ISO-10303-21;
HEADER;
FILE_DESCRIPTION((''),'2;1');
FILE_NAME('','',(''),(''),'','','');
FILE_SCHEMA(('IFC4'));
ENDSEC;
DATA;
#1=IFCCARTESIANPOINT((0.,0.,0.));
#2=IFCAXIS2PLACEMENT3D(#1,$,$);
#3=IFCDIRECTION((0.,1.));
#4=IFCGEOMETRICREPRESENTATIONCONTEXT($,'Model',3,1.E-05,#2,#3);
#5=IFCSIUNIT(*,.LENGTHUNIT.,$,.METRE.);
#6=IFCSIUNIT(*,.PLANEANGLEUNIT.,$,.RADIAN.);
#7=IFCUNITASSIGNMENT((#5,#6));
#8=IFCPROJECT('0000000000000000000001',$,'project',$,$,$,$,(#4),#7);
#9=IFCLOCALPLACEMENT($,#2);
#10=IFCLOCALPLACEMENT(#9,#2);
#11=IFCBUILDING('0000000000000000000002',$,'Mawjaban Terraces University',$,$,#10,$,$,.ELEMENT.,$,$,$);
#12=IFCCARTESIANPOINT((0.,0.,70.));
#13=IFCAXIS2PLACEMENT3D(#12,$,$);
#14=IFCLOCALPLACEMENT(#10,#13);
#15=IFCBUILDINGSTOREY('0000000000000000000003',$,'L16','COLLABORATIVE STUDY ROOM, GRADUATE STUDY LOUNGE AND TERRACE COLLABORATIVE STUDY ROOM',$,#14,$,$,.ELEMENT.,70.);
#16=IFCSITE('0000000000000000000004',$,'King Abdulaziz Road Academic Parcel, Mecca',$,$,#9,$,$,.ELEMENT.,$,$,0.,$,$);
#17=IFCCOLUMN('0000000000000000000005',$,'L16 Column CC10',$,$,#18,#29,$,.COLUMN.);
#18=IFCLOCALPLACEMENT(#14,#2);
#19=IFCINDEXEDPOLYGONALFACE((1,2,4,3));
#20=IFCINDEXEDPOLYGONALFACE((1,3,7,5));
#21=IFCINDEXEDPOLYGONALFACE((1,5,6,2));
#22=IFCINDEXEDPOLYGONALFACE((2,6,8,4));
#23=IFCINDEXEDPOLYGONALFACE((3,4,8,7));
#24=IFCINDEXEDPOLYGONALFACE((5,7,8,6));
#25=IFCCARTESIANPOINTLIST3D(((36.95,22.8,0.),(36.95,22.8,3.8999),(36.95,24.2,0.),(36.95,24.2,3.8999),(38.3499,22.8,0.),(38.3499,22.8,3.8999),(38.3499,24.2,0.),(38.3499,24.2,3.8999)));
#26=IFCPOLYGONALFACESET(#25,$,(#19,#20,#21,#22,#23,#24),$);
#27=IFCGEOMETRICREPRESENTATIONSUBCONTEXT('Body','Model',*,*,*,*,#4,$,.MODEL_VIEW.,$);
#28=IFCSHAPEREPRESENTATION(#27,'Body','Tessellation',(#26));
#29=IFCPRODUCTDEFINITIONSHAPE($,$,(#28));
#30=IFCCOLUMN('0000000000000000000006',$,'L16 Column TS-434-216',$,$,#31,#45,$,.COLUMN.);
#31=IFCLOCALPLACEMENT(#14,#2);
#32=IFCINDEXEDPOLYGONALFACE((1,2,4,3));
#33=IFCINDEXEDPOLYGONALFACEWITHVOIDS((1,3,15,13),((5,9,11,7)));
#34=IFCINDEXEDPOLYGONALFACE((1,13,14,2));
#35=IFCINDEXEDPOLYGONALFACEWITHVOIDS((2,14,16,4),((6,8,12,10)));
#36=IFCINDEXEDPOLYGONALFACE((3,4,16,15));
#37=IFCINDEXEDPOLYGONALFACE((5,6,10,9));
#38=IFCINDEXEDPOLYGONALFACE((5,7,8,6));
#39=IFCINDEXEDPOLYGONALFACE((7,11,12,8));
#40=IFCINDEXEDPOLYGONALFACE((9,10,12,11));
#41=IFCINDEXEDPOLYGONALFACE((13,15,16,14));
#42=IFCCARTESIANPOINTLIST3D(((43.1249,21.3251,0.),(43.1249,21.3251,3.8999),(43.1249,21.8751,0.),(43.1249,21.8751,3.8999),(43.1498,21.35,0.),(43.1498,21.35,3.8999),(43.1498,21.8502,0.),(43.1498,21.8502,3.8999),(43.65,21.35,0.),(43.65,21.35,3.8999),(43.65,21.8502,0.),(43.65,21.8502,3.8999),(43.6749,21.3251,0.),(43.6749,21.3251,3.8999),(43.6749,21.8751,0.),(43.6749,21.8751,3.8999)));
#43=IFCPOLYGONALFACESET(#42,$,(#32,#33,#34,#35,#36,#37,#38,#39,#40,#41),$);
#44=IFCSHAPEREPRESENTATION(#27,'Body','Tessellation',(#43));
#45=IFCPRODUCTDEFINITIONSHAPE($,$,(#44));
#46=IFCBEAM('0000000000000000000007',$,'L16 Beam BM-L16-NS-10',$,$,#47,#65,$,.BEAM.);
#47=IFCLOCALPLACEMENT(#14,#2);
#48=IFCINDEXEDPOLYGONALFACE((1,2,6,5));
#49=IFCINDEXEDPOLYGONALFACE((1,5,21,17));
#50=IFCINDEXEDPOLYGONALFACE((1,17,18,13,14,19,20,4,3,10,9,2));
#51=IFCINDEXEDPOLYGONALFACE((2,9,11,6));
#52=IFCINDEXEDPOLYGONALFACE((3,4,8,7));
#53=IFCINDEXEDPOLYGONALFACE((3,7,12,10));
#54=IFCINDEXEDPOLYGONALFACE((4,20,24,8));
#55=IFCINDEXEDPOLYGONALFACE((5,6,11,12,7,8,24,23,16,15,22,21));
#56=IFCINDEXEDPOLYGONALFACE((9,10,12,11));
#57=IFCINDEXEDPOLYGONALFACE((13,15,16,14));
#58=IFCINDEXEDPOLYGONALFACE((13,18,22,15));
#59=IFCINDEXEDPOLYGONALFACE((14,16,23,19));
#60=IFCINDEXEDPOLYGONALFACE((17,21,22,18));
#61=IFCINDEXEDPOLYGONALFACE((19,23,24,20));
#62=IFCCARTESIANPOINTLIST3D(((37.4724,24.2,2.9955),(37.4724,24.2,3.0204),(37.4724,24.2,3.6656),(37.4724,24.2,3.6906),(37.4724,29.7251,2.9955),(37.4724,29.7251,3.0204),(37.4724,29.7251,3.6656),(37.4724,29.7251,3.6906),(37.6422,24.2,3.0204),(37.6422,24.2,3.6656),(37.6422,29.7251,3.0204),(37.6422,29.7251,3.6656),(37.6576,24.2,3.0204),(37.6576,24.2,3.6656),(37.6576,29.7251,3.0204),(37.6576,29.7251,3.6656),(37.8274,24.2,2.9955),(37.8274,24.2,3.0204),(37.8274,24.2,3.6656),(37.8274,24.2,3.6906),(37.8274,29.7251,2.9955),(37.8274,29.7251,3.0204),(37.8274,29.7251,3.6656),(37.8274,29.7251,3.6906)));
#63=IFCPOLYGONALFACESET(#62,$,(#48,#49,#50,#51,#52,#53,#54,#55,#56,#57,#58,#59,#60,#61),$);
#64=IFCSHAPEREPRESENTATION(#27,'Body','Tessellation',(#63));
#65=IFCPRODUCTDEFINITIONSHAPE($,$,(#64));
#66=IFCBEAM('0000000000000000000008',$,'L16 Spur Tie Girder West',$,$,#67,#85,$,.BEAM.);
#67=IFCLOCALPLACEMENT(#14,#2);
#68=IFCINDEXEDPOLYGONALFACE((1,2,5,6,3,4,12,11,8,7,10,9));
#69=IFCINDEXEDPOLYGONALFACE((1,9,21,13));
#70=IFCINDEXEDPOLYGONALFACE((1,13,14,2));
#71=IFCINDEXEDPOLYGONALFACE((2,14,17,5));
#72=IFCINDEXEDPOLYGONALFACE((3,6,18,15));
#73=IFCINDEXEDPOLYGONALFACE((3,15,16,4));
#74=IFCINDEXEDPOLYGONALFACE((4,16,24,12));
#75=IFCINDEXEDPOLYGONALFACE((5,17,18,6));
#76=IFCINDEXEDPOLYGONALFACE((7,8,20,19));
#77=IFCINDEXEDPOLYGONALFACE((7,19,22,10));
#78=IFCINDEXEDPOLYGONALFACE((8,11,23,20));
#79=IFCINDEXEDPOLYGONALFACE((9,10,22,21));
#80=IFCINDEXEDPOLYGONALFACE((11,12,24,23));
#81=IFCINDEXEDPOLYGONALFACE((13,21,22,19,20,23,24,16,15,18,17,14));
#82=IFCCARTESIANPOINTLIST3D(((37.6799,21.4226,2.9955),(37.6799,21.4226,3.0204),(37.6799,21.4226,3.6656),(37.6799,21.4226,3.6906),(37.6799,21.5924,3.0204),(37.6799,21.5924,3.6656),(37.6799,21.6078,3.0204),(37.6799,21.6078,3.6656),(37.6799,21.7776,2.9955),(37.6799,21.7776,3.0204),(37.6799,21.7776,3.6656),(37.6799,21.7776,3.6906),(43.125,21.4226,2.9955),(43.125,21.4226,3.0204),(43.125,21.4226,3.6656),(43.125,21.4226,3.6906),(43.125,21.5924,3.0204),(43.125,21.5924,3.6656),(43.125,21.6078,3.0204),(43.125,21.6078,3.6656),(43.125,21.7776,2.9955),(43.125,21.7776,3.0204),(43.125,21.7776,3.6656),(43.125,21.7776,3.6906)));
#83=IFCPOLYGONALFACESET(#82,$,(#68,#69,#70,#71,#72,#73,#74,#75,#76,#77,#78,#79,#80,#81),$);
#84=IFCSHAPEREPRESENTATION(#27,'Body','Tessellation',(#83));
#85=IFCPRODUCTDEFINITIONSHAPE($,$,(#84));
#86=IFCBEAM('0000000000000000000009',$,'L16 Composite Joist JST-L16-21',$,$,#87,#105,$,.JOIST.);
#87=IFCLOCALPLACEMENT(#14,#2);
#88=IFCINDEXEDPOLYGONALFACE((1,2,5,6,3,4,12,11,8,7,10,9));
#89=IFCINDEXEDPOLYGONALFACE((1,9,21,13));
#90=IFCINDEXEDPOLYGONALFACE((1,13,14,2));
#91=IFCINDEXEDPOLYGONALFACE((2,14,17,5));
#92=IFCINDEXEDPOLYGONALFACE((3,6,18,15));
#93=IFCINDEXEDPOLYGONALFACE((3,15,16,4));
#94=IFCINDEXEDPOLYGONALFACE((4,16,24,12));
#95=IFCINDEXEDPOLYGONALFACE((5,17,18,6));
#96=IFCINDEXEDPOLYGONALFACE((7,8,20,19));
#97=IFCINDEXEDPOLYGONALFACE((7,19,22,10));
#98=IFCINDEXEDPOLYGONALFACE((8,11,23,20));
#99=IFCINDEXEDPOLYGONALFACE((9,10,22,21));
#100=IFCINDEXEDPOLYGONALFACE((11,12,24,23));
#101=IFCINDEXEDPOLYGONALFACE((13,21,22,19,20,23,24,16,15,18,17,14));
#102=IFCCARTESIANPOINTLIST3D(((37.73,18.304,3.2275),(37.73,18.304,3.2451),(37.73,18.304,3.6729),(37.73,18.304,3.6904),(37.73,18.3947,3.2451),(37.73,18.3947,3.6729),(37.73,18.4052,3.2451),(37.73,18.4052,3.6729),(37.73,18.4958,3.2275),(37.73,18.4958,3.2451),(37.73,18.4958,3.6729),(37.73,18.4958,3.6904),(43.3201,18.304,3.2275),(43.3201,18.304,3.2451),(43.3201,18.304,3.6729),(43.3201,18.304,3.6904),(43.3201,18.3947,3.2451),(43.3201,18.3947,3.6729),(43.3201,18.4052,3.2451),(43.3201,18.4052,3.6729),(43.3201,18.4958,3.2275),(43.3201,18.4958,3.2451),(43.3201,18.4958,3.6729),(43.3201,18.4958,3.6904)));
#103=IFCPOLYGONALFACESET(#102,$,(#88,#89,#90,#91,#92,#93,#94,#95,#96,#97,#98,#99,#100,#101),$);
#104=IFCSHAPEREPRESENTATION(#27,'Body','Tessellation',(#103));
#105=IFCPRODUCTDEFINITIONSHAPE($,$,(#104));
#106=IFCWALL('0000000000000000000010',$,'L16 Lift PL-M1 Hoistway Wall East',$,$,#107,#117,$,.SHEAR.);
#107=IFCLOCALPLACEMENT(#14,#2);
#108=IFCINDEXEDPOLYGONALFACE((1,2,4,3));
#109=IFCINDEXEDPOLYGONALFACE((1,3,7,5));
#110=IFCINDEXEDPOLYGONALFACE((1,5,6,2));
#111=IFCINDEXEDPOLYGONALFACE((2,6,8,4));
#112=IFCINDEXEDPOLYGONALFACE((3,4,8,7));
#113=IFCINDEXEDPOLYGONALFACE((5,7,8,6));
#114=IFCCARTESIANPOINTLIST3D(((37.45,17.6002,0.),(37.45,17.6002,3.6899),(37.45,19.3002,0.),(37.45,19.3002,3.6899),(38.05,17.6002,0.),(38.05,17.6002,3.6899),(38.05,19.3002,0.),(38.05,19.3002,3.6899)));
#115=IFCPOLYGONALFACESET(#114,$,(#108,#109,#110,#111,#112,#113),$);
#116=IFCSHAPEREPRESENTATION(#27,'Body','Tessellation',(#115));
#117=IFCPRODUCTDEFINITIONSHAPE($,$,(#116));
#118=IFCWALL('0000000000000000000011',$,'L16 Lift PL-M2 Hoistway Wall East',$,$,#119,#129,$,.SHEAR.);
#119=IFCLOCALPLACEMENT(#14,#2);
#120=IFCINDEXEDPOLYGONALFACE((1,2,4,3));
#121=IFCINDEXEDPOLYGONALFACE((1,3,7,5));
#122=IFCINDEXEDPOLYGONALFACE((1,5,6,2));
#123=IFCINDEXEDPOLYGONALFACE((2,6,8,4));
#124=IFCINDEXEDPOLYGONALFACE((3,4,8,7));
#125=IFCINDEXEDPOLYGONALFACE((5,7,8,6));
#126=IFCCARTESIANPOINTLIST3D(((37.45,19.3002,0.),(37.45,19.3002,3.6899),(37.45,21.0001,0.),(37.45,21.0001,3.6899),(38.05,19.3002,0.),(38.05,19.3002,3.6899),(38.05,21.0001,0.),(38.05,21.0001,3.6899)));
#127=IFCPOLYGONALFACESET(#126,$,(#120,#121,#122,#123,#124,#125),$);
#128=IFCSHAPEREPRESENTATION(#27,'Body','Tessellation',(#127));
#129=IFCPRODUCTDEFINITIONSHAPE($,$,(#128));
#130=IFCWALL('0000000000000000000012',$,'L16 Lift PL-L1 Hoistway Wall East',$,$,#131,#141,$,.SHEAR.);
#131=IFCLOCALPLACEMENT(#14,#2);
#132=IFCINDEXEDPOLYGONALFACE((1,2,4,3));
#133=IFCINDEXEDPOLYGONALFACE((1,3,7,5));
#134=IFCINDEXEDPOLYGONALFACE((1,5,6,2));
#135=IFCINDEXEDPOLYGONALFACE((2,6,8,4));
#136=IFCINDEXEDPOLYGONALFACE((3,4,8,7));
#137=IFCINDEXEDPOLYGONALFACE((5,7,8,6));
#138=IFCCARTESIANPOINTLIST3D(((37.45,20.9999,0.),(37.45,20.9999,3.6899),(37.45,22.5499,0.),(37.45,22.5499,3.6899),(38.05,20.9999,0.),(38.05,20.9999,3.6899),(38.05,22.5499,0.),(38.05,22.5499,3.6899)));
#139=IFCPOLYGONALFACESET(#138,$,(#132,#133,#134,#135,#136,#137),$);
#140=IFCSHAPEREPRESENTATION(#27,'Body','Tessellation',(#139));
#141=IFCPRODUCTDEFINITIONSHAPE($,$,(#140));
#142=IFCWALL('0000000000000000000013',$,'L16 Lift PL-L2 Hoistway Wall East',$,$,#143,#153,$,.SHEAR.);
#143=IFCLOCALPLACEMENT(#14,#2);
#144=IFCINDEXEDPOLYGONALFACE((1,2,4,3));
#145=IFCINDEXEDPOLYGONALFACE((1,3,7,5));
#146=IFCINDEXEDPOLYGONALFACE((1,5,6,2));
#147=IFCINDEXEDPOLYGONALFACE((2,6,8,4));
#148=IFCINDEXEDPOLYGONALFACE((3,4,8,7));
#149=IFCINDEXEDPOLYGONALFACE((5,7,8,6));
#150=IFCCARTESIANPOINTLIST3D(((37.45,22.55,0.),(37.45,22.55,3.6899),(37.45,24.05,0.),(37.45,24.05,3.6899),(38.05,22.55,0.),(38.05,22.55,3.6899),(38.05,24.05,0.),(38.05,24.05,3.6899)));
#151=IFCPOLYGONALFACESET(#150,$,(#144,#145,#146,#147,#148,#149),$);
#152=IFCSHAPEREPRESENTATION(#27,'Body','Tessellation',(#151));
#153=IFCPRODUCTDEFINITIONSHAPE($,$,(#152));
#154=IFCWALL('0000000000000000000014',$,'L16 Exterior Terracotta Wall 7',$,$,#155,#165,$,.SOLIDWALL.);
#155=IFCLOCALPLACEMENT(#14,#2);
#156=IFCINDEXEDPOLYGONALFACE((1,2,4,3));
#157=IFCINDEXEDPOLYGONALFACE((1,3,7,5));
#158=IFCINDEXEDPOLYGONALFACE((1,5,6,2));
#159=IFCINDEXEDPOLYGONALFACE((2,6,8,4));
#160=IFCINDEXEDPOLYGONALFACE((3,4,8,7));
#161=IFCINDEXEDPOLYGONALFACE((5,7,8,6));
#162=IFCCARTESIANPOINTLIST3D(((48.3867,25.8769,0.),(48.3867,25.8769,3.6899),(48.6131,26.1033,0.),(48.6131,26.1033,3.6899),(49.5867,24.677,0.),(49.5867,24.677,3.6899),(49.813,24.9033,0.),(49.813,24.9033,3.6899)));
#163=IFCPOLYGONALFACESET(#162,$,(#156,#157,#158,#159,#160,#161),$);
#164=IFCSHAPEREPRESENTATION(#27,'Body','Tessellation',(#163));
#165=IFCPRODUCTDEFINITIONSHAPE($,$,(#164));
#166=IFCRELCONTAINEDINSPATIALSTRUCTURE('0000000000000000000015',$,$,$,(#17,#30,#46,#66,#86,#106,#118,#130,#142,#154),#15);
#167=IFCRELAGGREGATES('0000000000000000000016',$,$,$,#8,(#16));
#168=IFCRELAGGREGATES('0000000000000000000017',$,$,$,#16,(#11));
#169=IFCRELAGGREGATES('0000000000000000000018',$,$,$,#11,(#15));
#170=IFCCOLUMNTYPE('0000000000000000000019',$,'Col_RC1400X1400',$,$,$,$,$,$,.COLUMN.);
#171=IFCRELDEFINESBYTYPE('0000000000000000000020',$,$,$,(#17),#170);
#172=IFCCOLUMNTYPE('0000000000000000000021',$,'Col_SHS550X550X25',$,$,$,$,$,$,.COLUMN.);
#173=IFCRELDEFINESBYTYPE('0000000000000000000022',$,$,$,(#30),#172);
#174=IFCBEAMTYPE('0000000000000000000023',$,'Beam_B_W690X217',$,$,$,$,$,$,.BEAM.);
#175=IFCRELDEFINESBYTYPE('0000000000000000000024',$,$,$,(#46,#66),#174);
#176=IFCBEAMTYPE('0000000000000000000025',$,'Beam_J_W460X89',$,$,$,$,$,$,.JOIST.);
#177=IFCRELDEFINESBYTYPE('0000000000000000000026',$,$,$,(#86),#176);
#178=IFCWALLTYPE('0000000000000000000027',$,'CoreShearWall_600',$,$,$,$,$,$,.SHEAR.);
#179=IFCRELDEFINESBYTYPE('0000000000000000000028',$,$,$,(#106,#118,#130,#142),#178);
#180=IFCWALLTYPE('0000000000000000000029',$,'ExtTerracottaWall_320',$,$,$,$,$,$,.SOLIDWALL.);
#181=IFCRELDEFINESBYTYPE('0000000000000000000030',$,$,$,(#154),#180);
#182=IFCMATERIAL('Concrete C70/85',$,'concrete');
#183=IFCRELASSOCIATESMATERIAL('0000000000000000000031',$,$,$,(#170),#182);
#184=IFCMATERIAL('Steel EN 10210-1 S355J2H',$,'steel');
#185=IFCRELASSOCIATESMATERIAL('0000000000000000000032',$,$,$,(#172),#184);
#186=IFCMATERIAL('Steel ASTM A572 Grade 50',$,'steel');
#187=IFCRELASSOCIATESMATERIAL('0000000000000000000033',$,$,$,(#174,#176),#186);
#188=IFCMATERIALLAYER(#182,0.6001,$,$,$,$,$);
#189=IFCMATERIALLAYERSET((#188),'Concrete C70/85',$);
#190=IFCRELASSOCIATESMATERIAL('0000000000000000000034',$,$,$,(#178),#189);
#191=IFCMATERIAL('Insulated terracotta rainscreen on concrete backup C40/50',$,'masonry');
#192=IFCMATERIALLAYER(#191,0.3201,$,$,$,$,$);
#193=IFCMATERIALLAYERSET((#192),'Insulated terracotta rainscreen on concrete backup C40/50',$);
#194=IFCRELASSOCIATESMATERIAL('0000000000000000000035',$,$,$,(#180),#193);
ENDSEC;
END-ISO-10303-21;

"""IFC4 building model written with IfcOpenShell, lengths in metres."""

from ifc_helpers import new_model, si_unit, direction, frame, frame_2d, origin, origin_2d, place, context, subcontext, project, spatial, rectangle, hollow_rectangle, i_section, extrude, material, layer, layer_set, material_profile, profile_set, type_object, element, save


model = new_model("IFC4")

# Units and contexts
model_context = context("Model", 3, precision=1e-05, world=origin(), true_north=direction((0.0, 1.0)))
body_context = subcontext(model_context, "Body", "Model", "MODEL_VIEW")
ifc_project = project(units=[si_unit("LENGTHUNIT", "METRE"), si_unit("PLANEANGLEUNIT", "RADIAN")], contexts=[model_context])

# Site, building, storey
site_placement = place(None, origin())
site = spatial("IfcSite", under=ifc_project, at=site_placement, Name="King Abdulaziz Road Academic Parcel, Mecca", CompositionType="ELEMENT", RefElevation=0.0)
building_placement = place(site_placement, origin())
building = spatial("IfcBuilding", under=site, at=building_placement, Name="Mawjaban Terraces University", CompositionType="ELEMENT")
storey_placement = place(building_placement, frame((0.0, 0.0, 70.0)))
storey = spatial("IfcBuildingStorey", under=building, at=storey_placement, Name="L16", Description="COLLABORATIVE STUDY ROOM, GRADUATE STUDY LOUNGE AND TERRACE COLLABORATIVE STUDY ROOM", CompositionType="ELEMENT", Elevation=70.0)

# Columns
ifc_material_1 = material(Name="Concrete C70/85", Category="concrete")
ifc_material_profile_1 = material_profile(ifc_material_1, rectangle(XDim=1.3999, YDim=1.3999, at=origin_2d()), Name="RC1400X1400")
ifc_profile_set_1 = profile_set([ifc_material_profile_1], Name="Concrete C70/85")
column_type_1 = type_object("IfcColumnType", Name="Col_RC1400X1400", PredefinedType="COLUMN", material=ifc_profile_set_1)
column_1_placement = place(storey_placement, frame((37.6499, 23.5, 0.0), z_axis=(0.0, 0.0, 1.0), x_axis=(1.0, 0.0, 0.0)))
element("IfcColumn", 1, at=column_1_placement, inside=storey, type_object=column_type_1, Name="L16 Column CC10", PredefinedType="COLUMN", context=body_context, shape_type="SweptSolid", body=[
    extrude(rectangle(XDim=1.3999, YDim=1.3999, at=origin_2d()), origin(), (0.0, 0.0, 1.0), 3.8999),
])
ifc_material_2 = material(Name="Steel EN 10210-1 S355J2H", Category="steel")
ifc_material_profile_2 = material_profile(ifc_material_2, hollow_rectangle(XDim=0.55, YDim=0.55, WallThickness=0.0249, at=origin_2d()), Name="SHS550X550X25")
ifc_profile_set_2 = profile_set([ifc_material_profile_2], Name="Steel EN 10210-1 S355J2H")
column_type_2 = type_object("IfcColumnType", Name="Col_SHS550X550X25", PredefinedType="COLUMN", material=ifc_profile_set_2)
column_2_placement = place(storey_placement, frame((43.3999, 21.6001, 0.0), z_axis=(0.0, 0.0, 1.0), x_axis=(1.0, 0.0, 0.0)))
element("IfcColumn", 2, at=column_2_placement, inside=storey, type_object=column_type_2, Name="L16 Column TS-434-216", PredefinedType="COLUMN", context=body_context, shape_type="SweptSolid", body=[
    extrude(hollow_rectangle(XDim=0.55, YDim=0.55, WallThickness=0.0249, at=origin_2d()), origin(), (0.0, 0.0, 1.0), 3.8999),
])

# Beams
ifc_material_3 = material(Name="Steel ASTM A572 Grade 50", Category="steel")
ifc_material_profile_3 = material_profile(ifc_material_3, i_section(OverallWidth=0.355, OverallDepth=0.6951, WebThickness=0.0154, FlangeThickness=0.0249, at=origin_2d()), Name="W690X217")
ifc_profile_set_3 = profile_set([ifc_material_profile_3], Name="Steel ASTM A572 Grade 50")
beam_type_1 = type_object("IfcBeamType", Name="Beam_B_W690X217", PredefinedType="BEAM", material=ifc_profile_set_3)
beam_1_placement = place(storey_placement, frame((37.6499, 24.2, 3.343), z_axis=(0.0, 1.0, 0.0), x_axis=(-1.0, 0.0, 0.0)))
element("IfcBeam", 3, at=beam_1_placement, inside=storey, type_object=beam_type_1, Name="L16 Beam BM-L16-NS-10", PredefinedType="BEAM", context=body_context, shape_type="SweptSolid", body=[
    extrude(i_section(OverallWidth=0.355, OverallDepth=0.6951, WebThickness=0.0154, FlangeThickness=0.0249, at=origin_2d()), origin(), (0.0, 0.0, 1.0), 5.5251),
])
beam_2_placement = place(storey_placement, frame((37.6799, 21.6001, 3.343), z_axis=(1.0, 0.0, 0.0), x_axis=(0.0, 1.0, 0.0)))
element("IfcBeam", 4, at=beam_2_placement, inside=storey, type_object=beam_type_1, Name="L16 Spur Tie Girder West", PredefinedType="BEAM", context=body_context, shape_type="SweptSolid", body=[
    extrude(i_section(OverallWidth=0.355, OverallDepth=0.6951, WebThickness=0.0154, FlangeThickness=0.0249, at=origin_2d()), origin(), (0.0, 0.0, 1.0), 5.4451),
])
ifc_material_profile_4 = material_profile(ifc_material_3, i_section(OverallWidth=0.1919, OverallDepth=0.4629, WebThickness=0.0105, FlangeThickness=0.0176, at=origin_2d()), Name="W460X89")
ifc_profile_set_4 = profile_set([ifc_material_profile_4], Name="Steel ASTM A572 Grade 50")
beam_type_2 = type_object("IfcBeamType", Name="Beam_J_W460X89", PredefinedType="JOIST", material=ifc_profile_set_4)
beam_3_placement = place(storey_placement, frame((37.73, 18.3999, 3.459), z_axis=(1.0, 0.0, 0.0), x_axis=(0.0, 1.0, 0.0)))
element("IfcBeam", 5, at=beam_3_placement, inside=storey, type_object=beam_type_2, Name="L16 Composite Joist JST-L16-21", PredefinedType="JOIST", context=body_context, shape_type="SweptSolid", body=[
    extrude(i_section(OverallWidth=0.1919, OverallDepth=0.4629, WebThickness=0.0105, FlangeThickness=0.0176, at=origin_2d()), origin(), (0.0, 0.0, 1.0), 5.5901),
])

# Walls
ifc_layer_1 = layer(ifc_material_1, 0.6001)
ifc_layer_set_1 = layer_set([ifc_layer_1], Name="Concrete C70/85")
wall_type_1 = type_object("IfcWallType", Name="CoreShearWall_600", PredefinedType="SHEAR", material=ifc_layer_set_1)
for number, where, z_axis, x_axis, name in (
    (6, (37.75, 17.6001, 0.0), (0.0, 0.0, 1.0), (0.0, 1.0, 0.0), "L16 Lift PL-M1 Hoistway Wall East"),
    (7, (37.75, 19.3, 0.0), (0.0, 0.0, 1.0), (0.0, 1.0, 0.0), "L16 Lift PL-M2 Hoistway Wall East"),
):
    element("IfcWall", number, at=place(storey_placement, frame(where, z_axis=z_axis, x_axis=x_axis)), inside=storey, type_object=wall_type_1, Name=name, PredefinedType="SHEAR", context=body_context, shape_type="SweptSolid", body=[
        extrude(rectangle(XDim=1.7, YDim=0.6001, at=frame_2d((0.8501, 0.0))), origin(), (0.0, 0.0, 1.0), 3.6899),
    ])
wall_1_placement = place(storey_placement, frame((37.75, 21.0, 0.0), z_axis=(0.0, 0.0, 1.0), x_axis=(0.0, 1.0, 0.0)))
element("IfcWall", 8, at=wall_1_placement, inside=storey, type_object=wall_type_1, Name="L16 Lift PL-L1 Hoistway Wall East", PredefinedType="SHEAR", context=body_context, shape_type="SweptSolid", body=[
    extrude(rectangle(XDim=1.55, YDim=0.6001, at=frame_2d((0.7749, 0.0))), origin(), (0.0, 0.0, 1.0), 3.6899),
])
wall_2_placement = place(storey_placement, frame((37.75, 22.55, 0.0), z_axis=(0.0, 0.0, 1.0), x_axis=(0.0, 1.0, 0.0)))
element("IfcWall", 9, at=wall_2_placement, inside=storey, type_object=wall_type_1, Name="L16 Lift PL-L2 Hoistway Wall East", PredefinedType="SHEAR", context=body_context, shape_type="SweptSolid", body=[
    extrude(rectangle(XDim=1.5, YDim=0.6001, at=frame_2d((0.75, 0.0))), origin(), (0.0, 0.0, 1.0), 3.6899),
])
ifc_material_4 = material(Name="Insulated terracotta rainscreen on concrete backup C40/50", Category="masonry")
ifc_layer_2 = layer(ifc_material_4, 0.3201)
ifc_layer_set_2 = layer_set([ifc_layer_2], Name="Insulated terracotta rainscreen on concrete backup C40/50")
wall_type_2 = type_object("IfcWallType", Name="ExtTerracottaWall_320", PredefinedType="SOLIDWALL", material=ifc_layer_set_2)
wall_3_placement = place(storey_placement, frame((49.7, 24.79, 0.0), z_axis=(0.0, 0.0, 1.0), x_axis=(-0.707107, 0.707107, 0.0)))
element("IfcWall", 10, at=wall_3_placement, inside=storey, type_object=wall_type_2, Name="L16 Exterior Terracotta Wall 7", PredefinedType="SOLIDWALL", context=body_context, shape_type="SweptSolid", body=[
    extrude(rectangle(XDim=1.697, YDim=0.3201, at=frame_2d((0.8486, 0.0))), origin(), (0.0, 0.0, 1.0), 3.6899),
])

save(model, "model.ifc")
